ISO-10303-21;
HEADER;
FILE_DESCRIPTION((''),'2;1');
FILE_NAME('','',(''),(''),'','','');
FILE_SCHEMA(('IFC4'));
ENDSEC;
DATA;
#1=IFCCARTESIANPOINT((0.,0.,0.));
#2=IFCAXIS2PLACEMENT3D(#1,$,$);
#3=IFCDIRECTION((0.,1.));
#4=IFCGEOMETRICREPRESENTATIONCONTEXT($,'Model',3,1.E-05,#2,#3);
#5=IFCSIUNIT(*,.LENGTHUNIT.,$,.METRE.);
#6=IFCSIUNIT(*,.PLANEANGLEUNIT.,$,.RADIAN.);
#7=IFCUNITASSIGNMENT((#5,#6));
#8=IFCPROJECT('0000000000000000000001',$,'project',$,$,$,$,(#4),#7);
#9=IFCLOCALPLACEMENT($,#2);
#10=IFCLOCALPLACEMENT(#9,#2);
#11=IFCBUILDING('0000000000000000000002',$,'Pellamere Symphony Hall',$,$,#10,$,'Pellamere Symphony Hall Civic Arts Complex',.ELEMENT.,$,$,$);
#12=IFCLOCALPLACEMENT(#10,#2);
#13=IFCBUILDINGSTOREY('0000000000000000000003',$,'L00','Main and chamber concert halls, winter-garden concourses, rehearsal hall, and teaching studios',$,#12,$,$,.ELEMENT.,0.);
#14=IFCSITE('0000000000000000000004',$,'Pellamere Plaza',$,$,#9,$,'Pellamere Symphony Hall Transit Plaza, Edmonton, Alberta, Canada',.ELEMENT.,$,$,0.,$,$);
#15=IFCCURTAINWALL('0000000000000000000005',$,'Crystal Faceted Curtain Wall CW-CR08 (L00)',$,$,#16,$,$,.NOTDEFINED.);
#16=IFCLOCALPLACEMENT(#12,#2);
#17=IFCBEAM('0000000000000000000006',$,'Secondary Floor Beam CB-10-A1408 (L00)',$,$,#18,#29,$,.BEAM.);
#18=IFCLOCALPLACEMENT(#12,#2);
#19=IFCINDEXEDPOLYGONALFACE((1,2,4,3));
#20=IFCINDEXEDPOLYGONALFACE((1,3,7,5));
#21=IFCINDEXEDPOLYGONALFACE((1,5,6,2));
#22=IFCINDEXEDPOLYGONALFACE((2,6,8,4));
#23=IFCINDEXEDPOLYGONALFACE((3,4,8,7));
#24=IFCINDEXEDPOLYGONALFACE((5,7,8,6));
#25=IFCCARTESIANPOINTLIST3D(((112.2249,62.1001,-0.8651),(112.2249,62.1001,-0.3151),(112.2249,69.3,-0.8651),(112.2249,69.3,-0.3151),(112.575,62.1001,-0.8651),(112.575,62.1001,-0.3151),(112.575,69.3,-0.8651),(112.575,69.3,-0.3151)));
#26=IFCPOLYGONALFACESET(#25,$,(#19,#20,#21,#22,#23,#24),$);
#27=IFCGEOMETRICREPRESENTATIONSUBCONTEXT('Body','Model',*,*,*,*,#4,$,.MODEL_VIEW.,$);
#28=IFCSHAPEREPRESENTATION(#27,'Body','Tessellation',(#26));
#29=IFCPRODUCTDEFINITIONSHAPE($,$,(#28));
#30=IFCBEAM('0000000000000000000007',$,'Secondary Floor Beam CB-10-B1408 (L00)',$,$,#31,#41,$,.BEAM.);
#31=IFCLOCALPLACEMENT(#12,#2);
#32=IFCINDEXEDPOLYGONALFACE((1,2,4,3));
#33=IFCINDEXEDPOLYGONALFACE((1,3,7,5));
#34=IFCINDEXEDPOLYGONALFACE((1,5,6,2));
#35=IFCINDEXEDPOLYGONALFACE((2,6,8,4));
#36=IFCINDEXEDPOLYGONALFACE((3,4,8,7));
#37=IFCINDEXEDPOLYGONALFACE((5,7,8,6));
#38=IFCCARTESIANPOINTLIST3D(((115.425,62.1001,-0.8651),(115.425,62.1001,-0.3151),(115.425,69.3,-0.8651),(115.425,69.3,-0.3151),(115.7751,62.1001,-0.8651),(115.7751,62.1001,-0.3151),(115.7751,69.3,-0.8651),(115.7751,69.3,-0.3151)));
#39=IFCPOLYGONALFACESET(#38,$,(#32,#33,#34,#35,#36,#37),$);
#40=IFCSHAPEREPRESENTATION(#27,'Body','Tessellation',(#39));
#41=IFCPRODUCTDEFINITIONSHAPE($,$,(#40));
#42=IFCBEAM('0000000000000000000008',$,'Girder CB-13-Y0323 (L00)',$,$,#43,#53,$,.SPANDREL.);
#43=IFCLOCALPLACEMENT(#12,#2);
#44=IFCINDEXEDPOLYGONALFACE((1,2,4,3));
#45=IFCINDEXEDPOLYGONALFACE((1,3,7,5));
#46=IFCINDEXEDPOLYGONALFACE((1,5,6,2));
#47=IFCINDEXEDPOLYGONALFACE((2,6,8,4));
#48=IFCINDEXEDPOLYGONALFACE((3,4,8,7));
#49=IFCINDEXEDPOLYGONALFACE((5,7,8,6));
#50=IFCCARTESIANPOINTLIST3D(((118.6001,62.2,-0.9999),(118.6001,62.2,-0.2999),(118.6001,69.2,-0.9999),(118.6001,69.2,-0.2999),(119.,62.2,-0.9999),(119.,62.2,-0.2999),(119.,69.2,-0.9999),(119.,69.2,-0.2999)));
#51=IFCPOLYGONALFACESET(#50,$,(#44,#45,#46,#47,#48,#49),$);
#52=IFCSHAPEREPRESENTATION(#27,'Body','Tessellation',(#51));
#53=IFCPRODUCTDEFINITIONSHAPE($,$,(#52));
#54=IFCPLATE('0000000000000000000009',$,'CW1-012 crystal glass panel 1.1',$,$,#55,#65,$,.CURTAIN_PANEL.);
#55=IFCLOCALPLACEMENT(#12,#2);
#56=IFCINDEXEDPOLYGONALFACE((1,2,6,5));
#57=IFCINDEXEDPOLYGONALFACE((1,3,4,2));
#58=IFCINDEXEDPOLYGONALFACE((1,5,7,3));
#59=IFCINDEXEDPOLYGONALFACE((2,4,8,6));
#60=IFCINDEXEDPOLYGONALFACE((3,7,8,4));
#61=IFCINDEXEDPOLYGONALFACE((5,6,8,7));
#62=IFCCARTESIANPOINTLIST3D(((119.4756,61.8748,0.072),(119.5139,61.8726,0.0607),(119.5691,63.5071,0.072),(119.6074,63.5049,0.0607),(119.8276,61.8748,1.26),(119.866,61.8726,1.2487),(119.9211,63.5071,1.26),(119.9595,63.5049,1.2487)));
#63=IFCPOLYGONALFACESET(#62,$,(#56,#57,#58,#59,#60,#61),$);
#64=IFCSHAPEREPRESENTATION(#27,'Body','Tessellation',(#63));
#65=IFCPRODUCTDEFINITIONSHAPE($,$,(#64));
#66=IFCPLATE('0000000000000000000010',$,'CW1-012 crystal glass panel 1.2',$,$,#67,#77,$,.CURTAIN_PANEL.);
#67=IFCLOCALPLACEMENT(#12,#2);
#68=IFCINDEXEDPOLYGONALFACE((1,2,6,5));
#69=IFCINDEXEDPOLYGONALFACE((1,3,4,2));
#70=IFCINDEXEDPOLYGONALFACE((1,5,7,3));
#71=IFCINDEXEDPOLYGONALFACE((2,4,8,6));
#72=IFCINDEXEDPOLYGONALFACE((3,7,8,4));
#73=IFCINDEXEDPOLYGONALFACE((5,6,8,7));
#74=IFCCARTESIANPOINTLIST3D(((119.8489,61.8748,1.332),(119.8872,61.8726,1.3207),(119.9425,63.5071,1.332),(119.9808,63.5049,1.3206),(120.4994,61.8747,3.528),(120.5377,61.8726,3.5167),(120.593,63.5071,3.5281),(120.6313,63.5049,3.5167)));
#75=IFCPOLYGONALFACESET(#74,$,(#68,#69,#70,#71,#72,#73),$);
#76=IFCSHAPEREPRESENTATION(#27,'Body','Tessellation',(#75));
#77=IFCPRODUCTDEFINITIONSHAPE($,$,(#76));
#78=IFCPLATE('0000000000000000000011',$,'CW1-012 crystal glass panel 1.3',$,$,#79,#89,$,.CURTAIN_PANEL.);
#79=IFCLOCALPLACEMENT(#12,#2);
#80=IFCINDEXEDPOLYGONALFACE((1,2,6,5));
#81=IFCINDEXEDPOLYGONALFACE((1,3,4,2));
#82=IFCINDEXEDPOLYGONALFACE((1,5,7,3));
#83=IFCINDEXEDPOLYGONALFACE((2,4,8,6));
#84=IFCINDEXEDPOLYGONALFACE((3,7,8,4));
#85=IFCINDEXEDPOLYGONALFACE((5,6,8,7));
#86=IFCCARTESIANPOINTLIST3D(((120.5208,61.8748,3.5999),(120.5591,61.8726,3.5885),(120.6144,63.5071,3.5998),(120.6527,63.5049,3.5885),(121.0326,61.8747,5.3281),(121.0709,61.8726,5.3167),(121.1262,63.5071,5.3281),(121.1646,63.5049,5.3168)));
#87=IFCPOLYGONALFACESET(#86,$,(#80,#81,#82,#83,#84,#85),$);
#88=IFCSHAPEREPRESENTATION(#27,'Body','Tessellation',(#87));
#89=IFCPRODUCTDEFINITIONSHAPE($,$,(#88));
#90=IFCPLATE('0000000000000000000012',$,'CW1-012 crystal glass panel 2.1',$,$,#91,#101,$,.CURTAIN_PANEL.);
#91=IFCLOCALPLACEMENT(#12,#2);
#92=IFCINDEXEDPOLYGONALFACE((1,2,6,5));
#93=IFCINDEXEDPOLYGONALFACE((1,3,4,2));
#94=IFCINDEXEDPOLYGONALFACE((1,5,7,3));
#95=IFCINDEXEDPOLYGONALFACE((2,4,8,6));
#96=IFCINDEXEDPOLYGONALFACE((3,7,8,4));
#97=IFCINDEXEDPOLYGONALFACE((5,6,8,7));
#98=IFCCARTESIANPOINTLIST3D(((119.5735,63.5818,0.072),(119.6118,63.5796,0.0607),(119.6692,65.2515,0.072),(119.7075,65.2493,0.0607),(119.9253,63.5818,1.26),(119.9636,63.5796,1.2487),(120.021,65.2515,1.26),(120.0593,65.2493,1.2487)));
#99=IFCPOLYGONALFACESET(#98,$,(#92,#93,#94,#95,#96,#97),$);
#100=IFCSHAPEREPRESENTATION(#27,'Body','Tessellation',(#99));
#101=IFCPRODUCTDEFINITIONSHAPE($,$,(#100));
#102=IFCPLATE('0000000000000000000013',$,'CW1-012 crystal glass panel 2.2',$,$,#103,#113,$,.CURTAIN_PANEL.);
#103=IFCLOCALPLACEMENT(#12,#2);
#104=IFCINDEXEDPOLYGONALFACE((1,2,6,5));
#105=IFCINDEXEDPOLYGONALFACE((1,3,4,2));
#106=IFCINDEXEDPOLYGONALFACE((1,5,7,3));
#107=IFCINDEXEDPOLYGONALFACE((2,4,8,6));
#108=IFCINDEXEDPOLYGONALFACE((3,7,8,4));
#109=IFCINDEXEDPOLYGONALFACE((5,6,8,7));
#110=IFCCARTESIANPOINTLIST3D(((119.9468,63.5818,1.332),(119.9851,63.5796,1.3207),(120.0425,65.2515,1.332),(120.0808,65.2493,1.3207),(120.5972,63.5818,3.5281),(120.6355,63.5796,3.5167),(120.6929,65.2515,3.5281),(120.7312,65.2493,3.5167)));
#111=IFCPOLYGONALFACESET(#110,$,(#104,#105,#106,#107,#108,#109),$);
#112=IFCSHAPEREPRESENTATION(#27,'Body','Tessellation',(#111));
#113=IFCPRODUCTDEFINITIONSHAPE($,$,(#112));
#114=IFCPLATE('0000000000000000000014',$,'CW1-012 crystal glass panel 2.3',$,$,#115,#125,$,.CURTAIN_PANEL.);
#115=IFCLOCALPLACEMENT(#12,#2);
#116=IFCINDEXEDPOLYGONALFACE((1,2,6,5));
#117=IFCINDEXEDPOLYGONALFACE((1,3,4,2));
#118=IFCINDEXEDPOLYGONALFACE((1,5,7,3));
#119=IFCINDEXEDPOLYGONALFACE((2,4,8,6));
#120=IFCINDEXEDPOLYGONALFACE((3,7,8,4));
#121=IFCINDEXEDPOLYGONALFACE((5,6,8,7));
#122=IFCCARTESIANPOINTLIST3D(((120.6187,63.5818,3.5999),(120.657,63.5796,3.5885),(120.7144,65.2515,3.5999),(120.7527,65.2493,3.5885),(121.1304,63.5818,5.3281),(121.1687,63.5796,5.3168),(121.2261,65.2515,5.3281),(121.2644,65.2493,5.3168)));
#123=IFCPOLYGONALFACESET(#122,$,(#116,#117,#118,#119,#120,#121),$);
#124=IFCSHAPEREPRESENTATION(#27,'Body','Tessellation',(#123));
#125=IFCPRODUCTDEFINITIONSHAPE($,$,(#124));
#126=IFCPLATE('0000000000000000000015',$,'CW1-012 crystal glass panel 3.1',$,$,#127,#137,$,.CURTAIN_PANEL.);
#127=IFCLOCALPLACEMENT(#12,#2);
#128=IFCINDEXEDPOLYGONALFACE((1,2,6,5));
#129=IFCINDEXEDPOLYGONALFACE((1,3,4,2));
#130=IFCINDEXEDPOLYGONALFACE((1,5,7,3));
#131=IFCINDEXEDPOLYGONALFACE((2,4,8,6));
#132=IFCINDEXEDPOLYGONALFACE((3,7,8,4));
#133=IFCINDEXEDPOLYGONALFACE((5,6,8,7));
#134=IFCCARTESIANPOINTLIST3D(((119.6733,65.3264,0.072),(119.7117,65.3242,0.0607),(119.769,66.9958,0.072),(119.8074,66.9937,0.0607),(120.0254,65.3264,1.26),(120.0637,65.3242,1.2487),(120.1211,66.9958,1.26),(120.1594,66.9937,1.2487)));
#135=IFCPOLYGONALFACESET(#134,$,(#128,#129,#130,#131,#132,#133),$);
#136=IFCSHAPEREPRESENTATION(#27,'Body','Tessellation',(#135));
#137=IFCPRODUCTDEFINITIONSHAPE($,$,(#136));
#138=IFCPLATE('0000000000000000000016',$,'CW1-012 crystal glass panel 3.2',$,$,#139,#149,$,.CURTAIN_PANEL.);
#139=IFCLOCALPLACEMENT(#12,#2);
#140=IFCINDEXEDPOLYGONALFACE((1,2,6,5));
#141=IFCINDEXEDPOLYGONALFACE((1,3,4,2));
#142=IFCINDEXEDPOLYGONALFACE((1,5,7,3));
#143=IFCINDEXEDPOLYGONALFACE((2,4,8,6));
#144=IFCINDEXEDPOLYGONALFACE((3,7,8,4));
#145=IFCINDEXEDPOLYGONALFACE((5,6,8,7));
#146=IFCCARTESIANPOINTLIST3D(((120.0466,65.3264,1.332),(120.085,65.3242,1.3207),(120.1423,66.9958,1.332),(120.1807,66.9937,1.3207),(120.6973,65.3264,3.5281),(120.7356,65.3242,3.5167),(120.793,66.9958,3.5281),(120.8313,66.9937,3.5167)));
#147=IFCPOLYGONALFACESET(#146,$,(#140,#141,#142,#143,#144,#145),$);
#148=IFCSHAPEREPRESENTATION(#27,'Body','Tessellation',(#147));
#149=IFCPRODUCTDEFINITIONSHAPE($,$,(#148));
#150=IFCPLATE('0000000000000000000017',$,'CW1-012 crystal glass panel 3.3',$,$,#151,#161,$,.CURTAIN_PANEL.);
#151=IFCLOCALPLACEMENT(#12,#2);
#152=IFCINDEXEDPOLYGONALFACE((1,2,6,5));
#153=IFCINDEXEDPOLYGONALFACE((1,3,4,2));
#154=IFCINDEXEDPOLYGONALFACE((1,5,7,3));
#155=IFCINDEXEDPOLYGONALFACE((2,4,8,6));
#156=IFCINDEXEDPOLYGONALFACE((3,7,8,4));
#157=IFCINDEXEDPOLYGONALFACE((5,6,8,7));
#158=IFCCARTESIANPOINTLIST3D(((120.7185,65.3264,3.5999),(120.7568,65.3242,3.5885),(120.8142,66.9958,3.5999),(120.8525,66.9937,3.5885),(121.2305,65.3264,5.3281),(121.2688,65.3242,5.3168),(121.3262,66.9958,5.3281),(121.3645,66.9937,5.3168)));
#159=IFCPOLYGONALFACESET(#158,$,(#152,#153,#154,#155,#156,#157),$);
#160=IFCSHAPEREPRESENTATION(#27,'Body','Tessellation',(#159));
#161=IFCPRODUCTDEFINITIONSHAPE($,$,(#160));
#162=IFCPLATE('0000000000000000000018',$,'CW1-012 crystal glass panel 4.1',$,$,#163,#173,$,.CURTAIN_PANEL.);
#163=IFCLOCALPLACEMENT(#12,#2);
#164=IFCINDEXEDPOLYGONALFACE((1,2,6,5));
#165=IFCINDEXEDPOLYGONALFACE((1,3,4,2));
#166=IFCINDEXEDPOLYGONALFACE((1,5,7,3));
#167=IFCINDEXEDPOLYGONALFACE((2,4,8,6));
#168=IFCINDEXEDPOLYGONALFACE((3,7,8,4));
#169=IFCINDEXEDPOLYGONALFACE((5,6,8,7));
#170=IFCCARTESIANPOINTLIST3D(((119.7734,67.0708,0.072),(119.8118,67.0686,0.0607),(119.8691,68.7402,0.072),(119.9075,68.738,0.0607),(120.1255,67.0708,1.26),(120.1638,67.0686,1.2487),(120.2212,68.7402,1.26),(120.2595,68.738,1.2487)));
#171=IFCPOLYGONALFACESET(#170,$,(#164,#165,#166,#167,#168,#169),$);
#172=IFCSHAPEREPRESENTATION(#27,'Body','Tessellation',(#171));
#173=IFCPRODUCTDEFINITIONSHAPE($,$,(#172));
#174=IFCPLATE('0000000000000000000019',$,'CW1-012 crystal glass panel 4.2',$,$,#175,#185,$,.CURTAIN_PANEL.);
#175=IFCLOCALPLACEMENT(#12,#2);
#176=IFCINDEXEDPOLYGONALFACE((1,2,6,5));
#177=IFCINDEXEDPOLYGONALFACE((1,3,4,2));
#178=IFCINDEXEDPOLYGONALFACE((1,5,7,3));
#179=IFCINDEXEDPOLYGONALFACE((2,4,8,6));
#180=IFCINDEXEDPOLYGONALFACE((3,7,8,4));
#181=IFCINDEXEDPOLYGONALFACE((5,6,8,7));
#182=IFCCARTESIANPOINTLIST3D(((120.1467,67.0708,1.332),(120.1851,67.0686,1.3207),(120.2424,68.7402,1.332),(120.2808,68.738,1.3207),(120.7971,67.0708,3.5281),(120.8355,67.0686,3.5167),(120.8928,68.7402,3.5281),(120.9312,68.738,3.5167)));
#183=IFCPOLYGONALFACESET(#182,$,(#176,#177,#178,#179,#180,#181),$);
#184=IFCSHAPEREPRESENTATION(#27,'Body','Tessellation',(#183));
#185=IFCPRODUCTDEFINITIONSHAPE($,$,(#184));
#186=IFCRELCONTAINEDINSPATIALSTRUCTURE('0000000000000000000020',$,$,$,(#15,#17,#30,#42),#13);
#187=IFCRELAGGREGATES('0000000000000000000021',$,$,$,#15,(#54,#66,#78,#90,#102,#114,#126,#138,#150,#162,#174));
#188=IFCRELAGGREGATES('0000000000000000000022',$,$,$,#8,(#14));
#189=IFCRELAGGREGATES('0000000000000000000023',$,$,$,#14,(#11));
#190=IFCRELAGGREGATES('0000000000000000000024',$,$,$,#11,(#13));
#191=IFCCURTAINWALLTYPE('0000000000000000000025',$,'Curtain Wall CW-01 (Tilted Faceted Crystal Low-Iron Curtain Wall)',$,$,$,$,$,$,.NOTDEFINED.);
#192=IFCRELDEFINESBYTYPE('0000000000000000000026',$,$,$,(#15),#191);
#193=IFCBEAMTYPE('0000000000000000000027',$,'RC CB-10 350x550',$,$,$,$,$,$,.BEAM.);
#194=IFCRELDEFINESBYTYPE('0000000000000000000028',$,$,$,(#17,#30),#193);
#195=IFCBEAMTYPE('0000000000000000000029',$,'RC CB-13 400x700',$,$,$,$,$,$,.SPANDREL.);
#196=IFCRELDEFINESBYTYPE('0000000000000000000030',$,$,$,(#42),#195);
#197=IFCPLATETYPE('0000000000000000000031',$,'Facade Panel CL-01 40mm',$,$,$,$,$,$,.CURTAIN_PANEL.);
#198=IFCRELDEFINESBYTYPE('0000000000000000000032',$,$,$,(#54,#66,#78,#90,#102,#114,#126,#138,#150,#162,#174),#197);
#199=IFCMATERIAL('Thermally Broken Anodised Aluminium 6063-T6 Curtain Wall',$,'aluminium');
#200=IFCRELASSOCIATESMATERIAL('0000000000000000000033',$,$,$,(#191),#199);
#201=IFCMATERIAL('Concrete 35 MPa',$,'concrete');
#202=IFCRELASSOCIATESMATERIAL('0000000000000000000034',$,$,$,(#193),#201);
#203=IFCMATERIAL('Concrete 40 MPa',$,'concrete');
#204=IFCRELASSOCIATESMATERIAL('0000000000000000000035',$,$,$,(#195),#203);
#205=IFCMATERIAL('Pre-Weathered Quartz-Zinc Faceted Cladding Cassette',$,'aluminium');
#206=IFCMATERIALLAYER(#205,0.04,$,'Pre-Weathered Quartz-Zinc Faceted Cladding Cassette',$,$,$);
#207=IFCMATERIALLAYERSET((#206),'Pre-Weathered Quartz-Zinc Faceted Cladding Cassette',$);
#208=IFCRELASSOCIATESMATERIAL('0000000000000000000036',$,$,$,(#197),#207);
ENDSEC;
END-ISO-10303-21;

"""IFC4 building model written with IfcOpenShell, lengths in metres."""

from ifc_helpers import new_model, si_unit, direction, frame, origin, origin_2d, place, context, subcontext, project, spatial, polyline, rectangle, outline, extrude, material, layer, layer_set, material_profile, profile_set, type_object, element, aggregate, save


model = new_model("IFC4")

# Units and contexts
model_context = context("Model", 3, precision=1e-05, world=origin(), true_north=direction((0.0, 1.0)))
body_context = subcontext(model_context, "Body", "Model", "MODEL_VIEW")
ifc_project = project(units=[si_unit("LENGTHUNIT", "METRE"), si_unit("PLANEANGLEUNIT", "RADIAN")], contexts=[model_context])

# Site, building, storey
site_placement = place(None, origin())
site = spatial("IfcSite", under=ifc_project, at=site_placement, Name="Pellamere Plaza", LongName="Pellamere Symphony Hall Transit Plaza, Edmonton, Alberta, Canada", CompositionType="ELEMENT", RefElevation=0.0)
building_placement = place(site_placement, origin())
building = spatial("IfcBuilding", under=site, at=building_placement, Name="Pellamere Symphony Hall", LongName="Pellamere Symphony Hall Civic Arts Complex", CompositionType="ELEMENT")
storey_placement = place(building_placement, origin())
storey = spatial("IfcBuildingStorey", under=building, at=storey_placement, Name="L00", Description="Main and chamber concert halls, winter-garden concourses, rehearsal hall, and teaching studios", CompositionType="ELEMENT", Elevation=0.0)

# Curtain wall
ifc_material_1 = material(Name="Thermally Broken Anodised Aluminium 6063-T6 Curtain Wall", Category="aluminium")
curtain_wall_type = type_object("IfcCurtainWallType", Name="Curtain Wall CW-01 (Tilted Faceted Crystal Low-Iron Curtain Wall)", PredefinedType="NOTDEFINED", material=ifc_material_1)
curtain_wall_placement = place(storey_placement, origin())
curtain_wall = element("IfcCurtainWall", 1, at=curtain_wall_placement, inside=storey, type_object=curtain_wall_type, Name="Crystal Faceted Curtain Wall CW-CR08 (L00)", PredefinedType="NOTDEFINED")

# Beams
ifc_material_2 = material(Name="Concrete 35 MPa", Category="concrete")
ifc_material_profile_1 = material_profile(ifc_material_2, rectangle(XDim=0.3501, YDim=0.55, at=origin_2d()), Name="RC 350x550")
ifc_profile_set_1 = profile_set([ifc_material_profile_1], Name="Concrete 35 MPa")
beam_type_1 = type_object("IfcBeamType", Name="RC CB-10 350x550", PredefinedType="BEAM", material=ifc_profile_set_1)
for number, where, z_axis, x_axis, name in (
    (2, (112.3999, 62.1001, -0.5901), (0.0, 1.0, 0.0), (-1.0, 0.0, 0.0), "Secondary Floor Beam CB-10-A1408 (L00)"),
    (3, (115.6001, 62.1001, -0.5901), (0.0, 1.0, 0.0), (-1.0, 0.0, 0.0), "Secondary Floor Beam CB-10-B1408 (L00)"),
):
    element("IfcBeam", number, at=place(storey_placement, frame(where, z_axis=z_axis, x_axis=x_axis)), inside=storey, type_object=beam_type_1, Name=name, PredefinedType="BEAM", context=body_context, shape_type="SweptSolid", body=[
        extrude(rectangle(XDim=0.3501, YDim=0.55, at=origin_2d()), origin(), (0.0, 0.0, 1.0), 7.2),
    ])
ifc_material_3 = material(Name="Concrete 40 MPa", Category="concrete")
ifc_material_profile_2 = material_profile(ifc_material_3, rectangle(XDim=0.3999, YDim=0.7, at=origin_2d()), Name="RC 400x700")
ifc_profile_set_2 = profile_set([ifc_material_profile_2], Name="Concrete 40 MPa")
beam_type_2 = type_object("IfcBeamType", Name="RC CB-13 400x700", PredefinedType="SPANDREL", material=ifc_profile_set_2)
beam_placement = place(storey_placement, frame((118.8, 62.2, -0.6499), z_axis=(0.0, 1.0, 0.0), x_axis=(-1.0, 0.0, 0.0)))
element("IfcBeam", 4, at=beam_placement, inside=storey, type_object=beam_type_2, Name="Girder CB-13-Y0323 (L00)", PredefinedType="SPANDREL", context=body_context, shape_type="SweptSolid", body=[
    extrude(rectangle(XDim=0.3999, YDim=0.7, at=origin_2d()), origin(), (0.0, 0.0, 1.0), 7.0),
])

# Plates
ifc_material_4 = material(Name="Pre-Weathered Quartz-Zinc Faceted Cladding Cassette", Category="aluminium")
ifc_layer = layer(ifc_material_4, 0.04, Name="Pre-Weathered Quartz-Zinc Faceted Cladding Cassette")
ifc_layer_set = layer_set([ifc_layer], Name="Pre-Weathered Quartz-Zinc Faceted Cladding Cassette")
plate_type = type_object("IfcPlateType", Name="Facade Panel CL-01 40mm", PredefinedType="CURTAIN_PANEL", material=ifc_layer_set)
plate_1_placement = place(storey_placement, frame((119.4756, 61.8748, 0.072), z_axis=(-0.957343, 0.05484, 0.283701), x_axis=(0.05719, 0.998363, 0.0)))
plate_1 = element("IfcPlate", 5, at=plate_1_placement, type_object=plate_type, Name="CW1-012 crystal glass panel 1.1", PredefinedType="CURTAIN_PANEL", context=body_context, shape_type="SweptSolid", body=[
    extrude(outline(polyline([(0.0, 0.0), (1.635, 0.0), (1.6551, -1.2389), (0.0201, -1.2389), (0.0, 0.0)])), origin(), (0.0, 0.0, -1.0), 0.04),
])
plate_2_placement = place(storey_placement, frame((119.8489, 61.8748, 1.332), z_axis=(-0.957371, 0.054914, 0.283593), x_axis=(0.057259, 0.998359, -0.00002)))
plate_2 = element("IfcPlate", 6, at=plate_2_placement, type_object=plate_type, Name="CW1-012 crystal glass panel 1.2", PredefinedType="CURTAIN_PANEL", context=body_context, shape_type="SweptSolid", body=[
    extrude(outline(polyline([(0.0, 0.0), (1.635, 0.0), (1.6722, -2.2901), (0.0372, -2.29), (0.0, 0.0)])), origin(), (0.0, 0.0, -1.0), 0.04),
])
plate_3_placement = place(storey_placement, frame((120.5208, 61.8748, 3.5999), z_axis=(-0.957387, 0.054914, 0.283538), x_axis=(0.057259, 0.998359, -0.00002)))
plate_3 = element("IfcPlate", 7, at=plate_3_placement, type_object=plate_type, Name="CW1-012 crystal glass panel 1.3", PredefinedType="CURTAIN_PANEL", context=body_context, shape_type="SweptSolid", body=[
    extrude(outline(polyline([(0.0, 0.0), (1.635, 0.0), (1.6643, -1.8023), (0.0293, -1.8022), (0.0, 0.0)])), origin(), (0.0, 0.0, -1.0), 0.04),
])
plate_4_placement = place(storey_placement, frame((119.5735, 63.5818, 0.072), z_axis=(-0.957395, 0.054876, 0.28352), x_axis=(0.057224, 0.998361, 0.0)))
plate_4 = element("IfcPlate", 8, at=plate_4_placement, type_object=plate_type, Name="CW1-012 crystal glass panel 2.1", PredefinedType="CURTAIN_PANEL", context=body_context, shape_type="SweptSolid", body=[
    extrude(outline(polyline([(0.0, 0.0), (1.6724, 0.0), (1.6926, -1.2388), (0.0201, -1.2388), (0.0, 0.0)])), origin(), (0.0, 0.0, -1.0), 0.04),
])
plate_5_placement = place(storey_placement, frame((119.9468, 63.5818, 1.332), z_axis=(-0.957388, 0.054876, 0.283544), x_axis=(0.057224, 0.998361, 0.0)))
plate_5 = element("IfcPlate", 9, at=plate_5_placement, type_object=plate_type, Name="CW1-012 crystal glass panel 2.2", PredefinedType="CURTAIN_PANEL", context=body_context, shape_type="SweptSolid", body=[
    extrude(outline(polyline([(0.0, 0.0), (1.6724, 0.0), (1.7096, -2.29), (0.0372, -2.29), (0.0, 0.0)])), origin(), (0.0, 0.0, -1.0), 0.04),
])
plate_6_placement = place(storey_placement, frame((120.6187, 63.5818, 3.5999), z_axis=(-0.957408, 0.054877, 0.283476), x_axis=(0.057224, 0.998361, 0.0)))
plate_6 = element("IfcPlate", 10, at=plate_6_placement, type_object=plate_type, Name="CW1-012 crystal glass panel 2.3", PredefinedType="CURTAIN_PANEL", context=body_context, shape_type="SweptSolid", body=[
    extrude(outline(polyline([(0.0, 0.0), (1.6724, 0.0), (1.7017, -1.8022), (0.0293, -1.8022), (0.0, 0.0)])), origin(), (0.0, 0.0, -1.0), 0.04),
])
plate_7_placement = place(storey_placement, frame((119.6733, 65.3264, 0.072), z_axis=(-0.957341, 0.054881, 0.2837), x_axis=(0.057233, 0.998361, 0.0)))
plate_7 = element("IfcPlate", 11, at=plate_7_placement, type_object=plate_type, Name="CW1-012 crystal glass panel 3.1", PredefinedType="CURTAIN_PANEL", context=body_context, shape_type="SweptSolid", body=[
    extrude(outline(polyline([(0.0, 0.0), (1.6722, 0.0), (1.6923, -1.2389), (0.0201, -1.2389), (0.0, 0.0)])), origin(), (0.0, 0.0, -1.0), 0.04),
])
plate_8_placement = place(storey_placement, frame((120.0466, 65.3264, 1.332), z_axis=(-0.957358, 0.054882, 0.283642), x_axis=(0.057233, 0.998361, 0.0)))
plate_8 = element("IfcPlate", 12, at=plate_8_placement, type_object=plate_type, Name="CW1-012 crystal glass panel 3.2", PredefinedType="CURTAIN_PANEL", context=body_context, shape_type="SweptSolid", body=[
    extrude(outline(polyline([(0.0, 0.0), (1.6722, 0.0), (1.7094, -2.2901), (0.0372, -2.2901), (0.0, 0.0)])), origin(), (0.0, 0.0, -1.0), 0.04),
])
plate_9_placement = place(storey_placement, frame((120.7185, 65.3264, 3.5999), z_axis=(-0.957371, 0.054883, 0.2836), x_axis=(0.057233, 0.998361, 0.0)))
plate_9 = element("IfcPlate", 13, at=plate_9_placement, type_object=plate_type, Name="CW1-012 crystal glass panel 3.3", PredefinedType="CURTAIN_PANEL", context=body_context, shape_type="SweptSolid", body=[
    extrude(outline(polyline([(0.0, 0.0), (1.6722, 0.0), (1.7015, -1.8023), (0.0293, -1.8023), (0.0, 0.0)])), origin(), (0.0, 0.0, -1.0), 0.04),
])
plate_10_placement = place(storey_placement, frame((119.7734, 67.0708, 0.072), z_axis=(-0.957341, 0.054881, 0.2837), x_axis=(0.057233, 0.998361, 0.0)))
plate_10 = element("IfcPlate", 14, at=plate_10_placement, type_object=plate_type, Name="CW1-012 crystal glass panel 4.1", PredefinedType="CURTAIN_PANEL", context=body_context, shape_type="SweptSolid", body=[
    extrude(outline(polyline([(0.0, 0.0), (1.6722, 0.0), (1.6923, -1.2389), (0.0201, -1.2389), (0.0, 0.0)])), origin(), (0.0, 0.0, -1.0), 0.04),
])
plate_11_placement = place(storey_placement, frame((120.1467, 67.0708, 1.332), z_axis=(-0.957387, 0.054884, 0.283544), x_axis=(0.057233, 0.998361, 0.0)))
plate_11 = element("IfcPlate", 15, at=plate_11_placement, type_object=plate_type, Name="CW1-012 crystal glass panel 4.2", PredefinedType="CURTAIN_PANEL", context=body_context, shape_type="SweptSolid", body=[
    extrude(outline(polyline([(0.0, 0.0), (1.6722, 0.0), (1.7094, -2.29), (0.0372, -2.29), (0.0, 0.0)])), origin(), (0.0, 0.0, -1.0), 0.04),
])
aggregate(curtain_wall, [plate_1, plate_2, plate_3, plate_4, plate_5, plate_6, plate_7, plate_8, plate_9, plate_10, plate_11])

save(model, "model.ifc")
